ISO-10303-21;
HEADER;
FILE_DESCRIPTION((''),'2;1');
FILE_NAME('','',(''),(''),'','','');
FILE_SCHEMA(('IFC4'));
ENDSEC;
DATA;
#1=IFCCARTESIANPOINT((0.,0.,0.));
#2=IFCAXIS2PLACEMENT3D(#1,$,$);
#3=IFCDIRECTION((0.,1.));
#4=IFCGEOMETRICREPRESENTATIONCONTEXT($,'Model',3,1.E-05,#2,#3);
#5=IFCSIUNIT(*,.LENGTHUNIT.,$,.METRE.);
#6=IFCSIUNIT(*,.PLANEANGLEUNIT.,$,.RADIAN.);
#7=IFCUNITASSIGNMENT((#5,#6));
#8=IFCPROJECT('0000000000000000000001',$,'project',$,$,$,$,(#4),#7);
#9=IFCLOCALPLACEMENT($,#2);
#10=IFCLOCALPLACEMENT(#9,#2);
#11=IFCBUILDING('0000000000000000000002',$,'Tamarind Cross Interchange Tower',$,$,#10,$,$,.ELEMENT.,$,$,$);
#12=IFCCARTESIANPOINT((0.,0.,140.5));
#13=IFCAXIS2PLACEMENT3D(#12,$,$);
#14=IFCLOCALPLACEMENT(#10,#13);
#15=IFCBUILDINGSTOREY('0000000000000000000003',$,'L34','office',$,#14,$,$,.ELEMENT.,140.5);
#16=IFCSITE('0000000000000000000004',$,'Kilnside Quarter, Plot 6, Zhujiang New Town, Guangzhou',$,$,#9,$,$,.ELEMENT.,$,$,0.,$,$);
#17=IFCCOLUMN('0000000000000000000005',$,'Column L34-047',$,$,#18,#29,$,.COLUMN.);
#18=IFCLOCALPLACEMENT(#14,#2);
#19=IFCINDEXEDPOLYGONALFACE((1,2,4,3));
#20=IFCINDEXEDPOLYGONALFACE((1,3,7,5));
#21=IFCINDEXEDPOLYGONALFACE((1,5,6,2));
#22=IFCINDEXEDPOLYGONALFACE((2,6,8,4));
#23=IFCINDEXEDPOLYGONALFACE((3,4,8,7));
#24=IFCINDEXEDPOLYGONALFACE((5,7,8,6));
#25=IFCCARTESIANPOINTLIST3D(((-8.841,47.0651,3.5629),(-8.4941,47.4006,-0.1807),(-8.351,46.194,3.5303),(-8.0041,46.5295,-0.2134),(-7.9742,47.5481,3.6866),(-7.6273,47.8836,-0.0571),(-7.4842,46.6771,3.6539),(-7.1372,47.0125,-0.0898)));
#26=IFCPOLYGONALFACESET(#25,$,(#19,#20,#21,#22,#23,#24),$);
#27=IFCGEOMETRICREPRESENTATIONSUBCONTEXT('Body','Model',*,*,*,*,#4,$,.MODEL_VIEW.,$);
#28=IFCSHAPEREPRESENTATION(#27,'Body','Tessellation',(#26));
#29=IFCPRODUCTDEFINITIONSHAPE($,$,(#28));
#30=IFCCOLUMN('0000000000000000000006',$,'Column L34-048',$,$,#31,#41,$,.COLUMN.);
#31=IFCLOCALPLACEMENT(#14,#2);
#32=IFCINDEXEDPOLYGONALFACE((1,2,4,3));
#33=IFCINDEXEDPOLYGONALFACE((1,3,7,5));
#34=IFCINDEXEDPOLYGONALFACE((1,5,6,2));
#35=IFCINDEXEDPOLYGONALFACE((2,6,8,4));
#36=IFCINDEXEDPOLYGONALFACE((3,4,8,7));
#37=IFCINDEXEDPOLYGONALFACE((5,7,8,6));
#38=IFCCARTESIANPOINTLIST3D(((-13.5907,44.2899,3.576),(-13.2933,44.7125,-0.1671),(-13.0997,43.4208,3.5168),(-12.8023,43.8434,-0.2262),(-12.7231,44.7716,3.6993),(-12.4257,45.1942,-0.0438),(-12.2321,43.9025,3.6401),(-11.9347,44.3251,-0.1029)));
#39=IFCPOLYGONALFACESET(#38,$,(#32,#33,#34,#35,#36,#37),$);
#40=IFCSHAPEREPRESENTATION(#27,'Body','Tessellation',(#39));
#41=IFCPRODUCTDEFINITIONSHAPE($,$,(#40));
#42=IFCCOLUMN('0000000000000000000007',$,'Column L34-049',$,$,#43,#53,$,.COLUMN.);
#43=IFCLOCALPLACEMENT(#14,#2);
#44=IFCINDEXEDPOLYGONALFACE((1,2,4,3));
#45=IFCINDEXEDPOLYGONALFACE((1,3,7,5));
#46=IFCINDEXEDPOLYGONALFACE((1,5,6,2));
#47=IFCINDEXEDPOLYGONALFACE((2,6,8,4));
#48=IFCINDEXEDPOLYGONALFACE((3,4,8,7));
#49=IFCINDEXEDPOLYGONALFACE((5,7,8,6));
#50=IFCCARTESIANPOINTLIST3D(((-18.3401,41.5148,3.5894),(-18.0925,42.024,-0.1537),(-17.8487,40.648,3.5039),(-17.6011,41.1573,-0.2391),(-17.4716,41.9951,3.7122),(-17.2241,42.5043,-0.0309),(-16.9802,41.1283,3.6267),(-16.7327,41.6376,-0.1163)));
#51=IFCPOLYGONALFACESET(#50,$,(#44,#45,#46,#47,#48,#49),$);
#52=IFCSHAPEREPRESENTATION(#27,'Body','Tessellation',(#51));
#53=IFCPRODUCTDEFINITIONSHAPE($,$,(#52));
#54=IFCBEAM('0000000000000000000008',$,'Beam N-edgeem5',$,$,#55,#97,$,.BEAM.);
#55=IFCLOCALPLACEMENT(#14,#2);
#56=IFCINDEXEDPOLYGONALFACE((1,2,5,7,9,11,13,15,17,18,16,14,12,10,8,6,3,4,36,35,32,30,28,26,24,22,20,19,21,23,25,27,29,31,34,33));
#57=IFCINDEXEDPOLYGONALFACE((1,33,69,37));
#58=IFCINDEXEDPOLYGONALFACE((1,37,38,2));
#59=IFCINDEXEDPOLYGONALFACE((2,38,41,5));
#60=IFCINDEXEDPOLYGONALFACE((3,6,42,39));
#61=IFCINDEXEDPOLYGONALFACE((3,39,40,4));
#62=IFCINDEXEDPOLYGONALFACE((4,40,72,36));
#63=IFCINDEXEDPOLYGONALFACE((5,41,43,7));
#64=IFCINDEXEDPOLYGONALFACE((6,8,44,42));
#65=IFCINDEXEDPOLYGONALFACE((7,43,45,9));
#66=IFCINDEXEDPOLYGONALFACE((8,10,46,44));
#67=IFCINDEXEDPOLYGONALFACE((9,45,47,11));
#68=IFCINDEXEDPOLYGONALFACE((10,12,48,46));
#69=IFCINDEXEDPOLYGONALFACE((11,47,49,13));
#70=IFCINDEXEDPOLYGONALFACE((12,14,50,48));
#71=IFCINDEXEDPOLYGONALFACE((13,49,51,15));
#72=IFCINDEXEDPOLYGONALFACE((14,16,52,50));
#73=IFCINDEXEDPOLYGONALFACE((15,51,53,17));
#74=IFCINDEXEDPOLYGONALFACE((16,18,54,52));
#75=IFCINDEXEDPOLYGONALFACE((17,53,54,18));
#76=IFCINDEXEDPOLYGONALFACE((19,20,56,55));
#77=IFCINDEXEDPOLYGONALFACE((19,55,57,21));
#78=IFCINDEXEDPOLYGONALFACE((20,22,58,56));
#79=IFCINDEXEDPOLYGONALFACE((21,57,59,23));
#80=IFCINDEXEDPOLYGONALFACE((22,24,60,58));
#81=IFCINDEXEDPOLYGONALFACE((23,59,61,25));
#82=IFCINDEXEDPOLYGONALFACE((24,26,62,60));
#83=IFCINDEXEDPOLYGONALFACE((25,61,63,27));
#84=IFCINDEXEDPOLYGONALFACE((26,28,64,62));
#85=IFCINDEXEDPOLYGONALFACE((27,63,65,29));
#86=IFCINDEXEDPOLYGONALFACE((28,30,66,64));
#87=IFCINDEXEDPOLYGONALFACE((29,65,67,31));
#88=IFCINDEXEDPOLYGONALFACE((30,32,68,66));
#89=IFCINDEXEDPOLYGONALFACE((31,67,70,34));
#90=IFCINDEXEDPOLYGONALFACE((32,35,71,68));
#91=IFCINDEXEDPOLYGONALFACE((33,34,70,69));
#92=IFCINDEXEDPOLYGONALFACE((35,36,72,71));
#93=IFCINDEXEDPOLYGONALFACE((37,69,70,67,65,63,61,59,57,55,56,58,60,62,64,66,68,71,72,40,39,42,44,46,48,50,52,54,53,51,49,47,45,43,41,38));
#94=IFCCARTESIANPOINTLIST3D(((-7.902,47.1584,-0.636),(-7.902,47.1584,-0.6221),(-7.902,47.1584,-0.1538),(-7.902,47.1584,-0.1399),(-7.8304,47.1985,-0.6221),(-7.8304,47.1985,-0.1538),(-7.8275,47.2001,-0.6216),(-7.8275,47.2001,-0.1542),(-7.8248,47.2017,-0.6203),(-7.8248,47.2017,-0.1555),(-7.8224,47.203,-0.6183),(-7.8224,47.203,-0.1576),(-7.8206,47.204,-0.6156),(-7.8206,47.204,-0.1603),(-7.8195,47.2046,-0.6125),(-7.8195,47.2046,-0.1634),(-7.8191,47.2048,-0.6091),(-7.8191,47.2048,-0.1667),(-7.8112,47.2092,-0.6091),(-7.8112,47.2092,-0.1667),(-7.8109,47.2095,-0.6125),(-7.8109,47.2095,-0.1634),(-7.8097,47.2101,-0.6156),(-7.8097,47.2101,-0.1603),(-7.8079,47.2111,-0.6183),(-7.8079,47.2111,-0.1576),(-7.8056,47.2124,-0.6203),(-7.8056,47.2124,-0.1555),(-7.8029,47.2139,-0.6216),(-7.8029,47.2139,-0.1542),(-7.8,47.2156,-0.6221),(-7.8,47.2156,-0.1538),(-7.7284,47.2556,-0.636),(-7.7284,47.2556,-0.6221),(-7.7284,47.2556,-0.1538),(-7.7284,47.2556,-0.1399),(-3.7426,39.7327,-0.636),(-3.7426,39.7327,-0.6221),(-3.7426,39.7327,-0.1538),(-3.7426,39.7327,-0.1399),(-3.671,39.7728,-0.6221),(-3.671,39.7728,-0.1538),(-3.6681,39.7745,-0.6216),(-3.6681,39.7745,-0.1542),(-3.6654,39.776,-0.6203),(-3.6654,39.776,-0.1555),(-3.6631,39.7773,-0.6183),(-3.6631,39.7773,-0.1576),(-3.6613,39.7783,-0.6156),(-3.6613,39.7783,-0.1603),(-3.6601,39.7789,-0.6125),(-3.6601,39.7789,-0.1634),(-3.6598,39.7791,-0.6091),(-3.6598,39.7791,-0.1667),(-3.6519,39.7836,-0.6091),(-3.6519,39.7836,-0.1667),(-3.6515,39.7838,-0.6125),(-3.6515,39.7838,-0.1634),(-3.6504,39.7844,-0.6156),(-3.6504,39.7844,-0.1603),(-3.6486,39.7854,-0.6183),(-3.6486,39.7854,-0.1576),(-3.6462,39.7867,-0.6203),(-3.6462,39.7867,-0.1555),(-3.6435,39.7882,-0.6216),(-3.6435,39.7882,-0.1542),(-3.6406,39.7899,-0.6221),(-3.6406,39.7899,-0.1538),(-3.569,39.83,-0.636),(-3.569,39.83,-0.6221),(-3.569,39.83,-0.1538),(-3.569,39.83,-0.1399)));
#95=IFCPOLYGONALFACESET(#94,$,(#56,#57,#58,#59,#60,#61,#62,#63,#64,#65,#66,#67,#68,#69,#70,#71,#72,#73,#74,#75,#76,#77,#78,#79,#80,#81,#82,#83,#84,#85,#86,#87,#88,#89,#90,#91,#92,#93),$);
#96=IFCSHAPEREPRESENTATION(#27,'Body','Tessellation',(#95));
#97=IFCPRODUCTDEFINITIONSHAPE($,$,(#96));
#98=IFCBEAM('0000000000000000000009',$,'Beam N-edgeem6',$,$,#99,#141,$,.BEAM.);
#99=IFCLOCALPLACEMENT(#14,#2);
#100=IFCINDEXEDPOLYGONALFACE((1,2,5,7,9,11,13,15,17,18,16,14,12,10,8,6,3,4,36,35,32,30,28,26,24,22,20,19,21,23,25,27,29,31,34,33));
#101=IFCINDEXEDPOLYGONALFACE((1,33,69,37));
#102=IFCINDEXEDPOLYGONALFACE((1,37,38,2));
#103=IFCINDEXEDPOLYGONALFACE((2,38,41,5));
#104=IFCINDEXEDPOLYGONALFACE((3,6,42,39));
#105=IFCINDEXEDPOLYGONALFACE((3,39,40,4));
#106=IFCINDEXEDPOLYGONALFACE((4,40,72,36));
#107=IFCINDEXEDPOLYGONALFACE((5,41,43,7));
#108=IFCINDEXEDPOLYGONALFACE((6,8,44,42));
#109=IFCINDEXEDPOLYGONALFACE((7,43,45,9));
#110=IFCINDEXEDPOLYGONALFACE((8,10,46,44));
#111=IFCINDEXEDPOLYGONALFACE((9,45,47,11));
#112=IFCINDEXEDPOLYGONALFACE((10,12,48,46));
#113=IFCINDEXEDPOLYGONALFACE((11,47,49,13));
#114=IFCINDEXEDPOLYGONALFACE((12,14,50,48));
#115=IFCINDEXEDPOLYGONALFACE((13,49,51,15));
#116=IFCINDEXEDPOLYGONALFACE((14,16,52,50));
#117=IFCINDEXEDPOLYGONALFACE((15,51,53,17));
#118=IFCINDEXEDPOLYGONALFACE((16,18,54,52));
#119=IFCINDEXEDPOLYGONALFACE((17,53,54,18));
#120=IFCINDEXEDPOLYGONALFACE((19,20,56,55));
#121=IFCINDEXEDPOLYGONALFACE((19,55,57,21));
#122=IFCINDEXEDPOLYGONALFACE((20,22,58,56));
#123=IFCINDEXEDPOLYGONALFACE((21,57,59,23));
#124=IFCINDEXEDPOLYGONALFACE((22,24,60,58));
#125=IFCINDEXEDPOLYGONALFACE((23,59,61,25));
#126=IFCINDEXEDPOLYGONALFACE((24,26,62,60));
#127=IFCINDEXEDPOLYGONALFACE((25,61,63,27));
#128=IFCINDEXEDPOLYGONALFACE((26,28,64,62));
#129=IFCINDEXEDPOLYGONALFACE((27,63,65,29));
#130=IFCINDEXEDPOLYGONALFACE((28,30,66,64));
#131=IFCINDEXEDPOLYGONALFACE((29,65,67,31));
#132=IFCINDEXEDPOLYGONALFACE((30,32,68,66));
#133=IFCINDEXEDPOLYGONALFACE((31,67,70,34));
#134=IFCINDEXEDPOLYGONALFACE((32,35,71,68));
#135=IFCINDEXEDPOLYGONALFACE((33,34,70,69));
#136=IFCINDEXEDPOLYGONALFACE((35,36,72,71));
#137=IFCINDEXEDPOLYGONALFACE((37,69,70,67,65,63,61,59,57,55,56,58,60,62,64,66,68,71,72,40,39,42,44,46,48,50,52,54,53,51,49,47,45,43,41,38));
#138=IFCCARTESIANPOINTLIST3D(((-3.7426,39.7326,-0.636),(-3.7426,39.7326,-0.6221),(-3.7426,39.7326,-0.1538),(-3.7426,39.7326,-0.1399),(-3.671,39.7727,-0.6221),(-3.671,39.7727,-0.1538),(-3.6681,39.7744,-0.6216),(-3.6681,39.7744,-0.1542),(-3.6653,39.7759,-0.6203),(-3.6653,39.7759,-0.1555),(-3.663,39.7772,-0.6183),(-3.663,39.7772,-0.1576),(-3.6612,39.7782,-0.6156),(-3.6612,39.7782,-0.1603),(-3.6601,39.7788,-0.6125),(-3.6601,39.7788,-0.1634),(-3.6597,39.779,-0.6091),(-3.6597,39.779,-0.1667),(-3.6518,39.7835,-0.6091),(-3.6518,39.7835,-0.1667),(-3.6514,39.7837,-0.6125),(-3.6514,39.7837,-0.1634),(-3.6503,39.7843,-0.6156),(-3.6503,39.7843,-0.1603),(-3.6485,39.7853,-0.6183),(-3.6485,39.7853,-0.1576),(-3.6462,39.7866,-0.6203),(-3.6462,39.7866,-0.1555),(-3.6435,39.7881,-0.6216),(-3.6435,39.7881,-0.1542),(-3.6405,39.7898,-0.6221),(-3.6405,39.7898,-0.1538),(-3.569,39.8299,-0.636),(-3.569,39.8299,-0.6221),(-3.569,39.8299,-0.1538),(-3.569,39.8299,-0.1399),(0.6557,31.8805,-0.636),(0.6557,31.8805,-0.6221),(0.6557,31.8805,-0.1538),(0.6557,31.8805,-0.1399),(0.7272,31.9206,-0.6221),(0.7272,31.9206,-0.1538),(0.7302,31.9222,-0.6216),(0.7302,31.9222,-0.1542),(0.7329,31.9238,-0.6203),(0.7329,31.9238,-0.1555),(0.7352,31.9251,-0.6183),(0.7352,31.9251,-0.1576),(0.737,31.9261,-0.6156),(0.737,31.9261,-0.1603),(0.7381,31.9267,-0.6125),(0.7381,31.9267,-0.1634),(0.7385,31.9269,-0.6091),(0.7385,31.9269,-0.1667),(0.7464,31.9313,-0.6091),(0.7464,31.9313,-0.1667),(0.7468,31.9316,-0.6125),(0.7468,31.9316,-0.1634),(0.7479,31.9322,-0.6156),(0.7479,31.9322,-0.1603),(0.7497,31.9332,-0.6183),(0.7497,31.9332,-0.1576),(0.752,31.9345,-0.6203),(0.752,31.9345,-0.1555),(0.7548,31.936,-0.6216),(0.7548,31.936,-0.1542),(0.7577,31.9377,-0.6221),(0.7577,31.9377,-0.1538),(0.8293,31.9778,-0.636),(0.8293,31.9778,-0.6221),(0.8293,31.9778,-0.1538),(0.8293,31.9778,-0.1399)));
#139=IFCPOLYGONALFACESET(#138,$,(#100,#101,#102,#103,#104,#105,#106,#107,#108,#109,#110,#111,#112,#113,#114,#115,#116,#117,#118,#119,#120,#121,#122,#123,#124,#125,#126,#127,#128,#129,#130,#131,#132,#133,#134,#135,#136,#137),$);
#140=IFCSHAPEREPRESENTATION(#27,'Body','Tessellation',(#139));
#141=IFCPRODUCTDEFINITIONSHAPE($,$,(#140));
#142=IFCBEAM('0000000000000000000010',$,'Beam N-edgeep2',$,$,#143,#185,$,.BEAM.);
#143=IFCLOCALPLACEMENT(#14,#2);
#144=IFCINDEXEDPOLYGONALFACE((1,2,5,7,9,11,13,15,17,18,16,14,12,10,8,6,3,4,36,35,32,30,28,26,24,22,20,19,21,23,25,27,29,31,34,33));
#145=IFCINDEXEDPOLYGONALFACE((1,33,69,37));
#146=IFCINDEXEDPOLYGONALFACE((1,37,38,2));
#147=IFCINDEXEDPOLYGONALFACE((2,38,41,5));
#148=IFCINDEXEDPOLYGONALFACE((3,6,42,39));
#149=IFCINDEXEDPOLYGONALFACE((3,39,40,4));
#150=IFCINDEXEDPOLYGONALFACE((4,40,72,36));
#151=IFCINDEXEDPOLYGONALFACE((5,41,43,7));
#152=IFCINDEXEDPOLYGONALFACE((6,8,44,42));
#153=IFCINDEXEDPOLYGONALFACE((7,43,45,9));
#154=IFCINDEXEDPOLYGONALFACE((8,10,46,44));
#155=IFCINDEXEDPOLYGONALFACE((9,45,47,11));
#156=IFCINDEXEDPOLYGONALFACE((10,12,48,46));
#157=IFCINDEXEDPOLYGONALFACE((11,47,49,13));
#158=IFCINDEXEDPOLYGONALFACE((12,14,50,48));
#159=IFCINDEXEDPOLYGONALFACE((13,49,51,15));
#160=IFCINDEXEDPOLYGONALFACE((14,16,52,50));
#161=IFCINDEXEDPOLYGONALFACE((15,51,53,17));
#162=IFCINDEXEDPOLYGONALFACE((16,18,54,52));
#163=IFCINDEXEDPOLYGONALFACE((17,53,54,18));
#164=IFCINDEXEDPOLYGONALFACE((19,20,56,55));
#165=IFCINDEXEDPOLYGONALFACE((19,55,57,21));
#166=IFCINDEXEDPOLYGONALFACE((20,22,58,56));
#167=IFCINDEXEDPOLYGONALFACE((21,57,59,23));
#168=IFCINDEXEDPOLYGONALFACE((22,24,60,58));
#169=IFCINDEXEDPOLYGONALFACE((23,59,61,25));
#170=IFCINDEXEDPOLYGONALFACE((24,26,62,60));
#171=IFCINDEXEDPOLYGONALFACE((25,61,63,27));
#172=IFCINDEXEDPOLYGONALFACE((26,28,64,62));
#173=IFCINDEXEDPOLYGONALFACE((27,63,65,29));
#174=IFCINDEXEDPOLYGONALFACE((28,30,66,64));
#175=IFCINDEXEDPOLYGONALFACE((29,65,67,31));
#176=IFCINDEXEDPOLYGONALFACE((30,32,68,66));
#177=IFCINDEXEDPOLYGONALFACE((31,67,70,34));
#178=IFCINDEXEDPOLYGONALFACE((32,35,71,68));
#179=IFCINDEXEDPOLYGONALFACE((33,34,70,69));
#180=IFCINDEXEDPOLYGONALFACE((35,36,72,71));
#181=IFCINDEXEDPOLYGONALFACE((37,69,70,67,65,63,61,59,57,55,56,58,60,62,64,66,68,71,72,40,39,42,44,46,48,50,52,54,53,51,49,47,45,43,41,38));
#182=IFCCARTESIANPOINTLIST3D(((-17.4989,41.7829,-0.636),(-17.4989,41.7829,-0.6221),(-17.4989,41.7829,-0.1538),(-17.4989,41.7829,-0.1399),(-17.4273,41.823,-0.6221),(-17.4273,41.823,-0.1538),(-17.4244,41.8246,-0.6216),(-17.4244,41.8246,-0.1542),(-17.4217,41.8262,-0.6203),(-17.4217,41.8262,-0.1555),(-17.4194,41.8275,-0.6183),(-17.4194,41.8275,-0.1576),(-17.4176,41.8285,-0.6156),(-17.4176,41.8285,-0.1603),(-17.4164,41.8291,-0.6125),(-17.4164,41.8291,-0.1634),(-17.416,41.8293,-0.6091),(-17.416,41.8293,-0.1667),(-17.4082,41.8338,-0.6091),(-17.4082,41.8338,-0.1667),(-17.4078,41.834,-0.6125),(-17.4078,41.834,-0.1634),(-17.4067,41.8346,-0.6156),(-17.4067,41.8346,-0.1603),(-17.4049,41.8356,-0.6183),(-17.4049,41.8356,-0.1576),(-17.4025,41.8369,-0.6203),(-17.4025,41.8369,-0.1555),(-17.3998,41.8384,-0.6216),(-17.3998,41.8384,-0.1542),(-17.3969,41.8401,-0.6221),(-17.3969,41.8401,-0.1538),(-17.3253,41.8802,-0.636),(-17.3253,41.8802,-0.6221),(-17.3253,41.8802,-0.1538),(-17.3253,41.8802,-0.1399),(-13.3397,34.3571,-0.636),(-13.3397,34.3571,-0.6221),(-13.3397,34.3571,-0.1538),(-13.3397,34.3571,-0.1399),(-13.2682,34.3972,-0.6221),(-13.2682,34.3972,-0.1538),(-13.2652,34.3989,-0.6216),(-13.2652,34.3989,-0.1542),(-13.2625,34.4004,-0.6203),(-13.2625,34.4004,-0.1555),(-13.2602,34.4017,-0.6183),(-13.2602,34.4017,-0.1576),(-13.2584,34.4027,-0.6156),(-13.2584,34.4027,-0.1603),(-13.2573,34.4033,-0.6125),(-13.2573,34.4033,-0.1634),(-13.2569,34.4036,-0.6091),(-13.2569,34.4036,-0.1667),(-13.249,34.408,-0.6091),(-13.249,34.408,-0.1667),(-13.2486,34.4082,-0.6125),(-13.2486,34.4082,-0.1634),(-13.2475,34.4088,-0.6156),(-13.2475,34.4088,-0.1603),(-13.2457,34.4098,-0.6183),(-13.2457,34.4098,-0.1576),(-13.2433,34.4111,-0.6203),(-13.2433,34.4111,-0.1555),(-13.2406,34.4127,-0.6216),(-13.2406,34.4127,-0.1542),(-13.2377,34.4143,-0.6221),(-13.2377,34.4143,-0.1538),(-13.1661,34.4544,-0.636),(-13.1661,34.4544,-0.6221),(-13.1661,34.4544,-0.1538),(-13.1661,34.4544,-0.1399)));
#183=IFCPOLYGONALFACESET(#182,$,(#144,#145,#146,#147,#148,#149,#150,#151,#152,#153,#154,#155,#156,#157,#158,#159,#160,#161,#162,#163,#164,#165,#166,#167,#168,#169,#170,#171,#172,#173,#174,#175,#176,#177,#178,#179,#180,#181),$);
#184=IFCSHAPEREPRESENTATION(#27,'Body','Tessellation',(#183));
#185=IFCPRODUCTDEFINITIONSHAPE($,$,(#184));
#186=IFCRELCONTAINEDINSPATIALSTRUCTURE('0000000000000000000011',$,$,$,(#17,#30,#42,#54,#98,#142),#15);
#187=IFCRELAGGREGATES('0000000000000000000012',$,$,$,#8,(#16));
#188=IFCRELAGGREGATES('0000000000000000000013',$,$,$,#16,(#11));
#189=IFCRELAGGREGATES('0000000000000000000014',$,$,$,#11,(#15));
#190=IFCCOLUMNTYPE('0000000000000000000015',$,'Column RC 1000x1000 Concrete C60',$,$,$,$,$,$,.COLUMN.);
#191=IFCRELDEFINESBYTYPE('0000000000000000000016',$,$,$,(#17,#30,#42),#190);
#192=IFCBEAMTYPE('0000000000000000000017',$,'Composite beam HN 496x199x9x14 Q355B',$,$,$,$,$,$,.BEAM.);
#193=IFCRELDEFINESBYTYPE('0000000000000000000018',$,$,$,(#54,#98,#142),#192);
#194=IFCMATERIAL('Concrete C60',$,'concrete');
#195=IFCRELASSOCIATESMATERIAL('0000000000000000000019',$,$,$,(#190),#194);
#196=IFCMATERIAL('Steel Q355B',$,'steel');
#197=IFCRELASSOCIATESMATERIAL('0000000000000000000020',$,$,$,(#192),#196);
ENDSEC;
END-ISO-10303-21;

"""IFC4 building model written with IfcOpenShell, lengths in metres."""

from ifc_helpers import new_model, si_unit, direction, frame, origin, origin_2d, place, context, subcontext, project, spatial, rectangle, i_section, extrude, material, material_profile, profile_set, type_object, element, save


model = new_model("IFC4")

# Units and contexts
model_context = context("Model", 3, precision=1e-05, world=origin(), true_north=direction((0.0, 1.0)))
body_context = subcontext(model_context, "Body", "Model", "MODEL_VIEW")
ifc_project = project(units=[si_unit("LENGTHUNIT", "METRE"), si_unit("PLANEANGLEUNIT", "RADIAN")], contexts=[model_context])

# Site, building, storey
site_placement = place(None, origin())
site = spatial("IfcSite", under=ifc_project, at=site_placement, Name="Kilnside Quarter, Plot 6, Zhujiang New Town, Guangzhou", CompositionType="ELEMENT", RefElevation=0.0)
building_placement = place(site_placement, origin())
building = spatial("IfcBuilding", under=site, at=building_placement, Name="Tamarind Cross Interchange Tower", CompositionType="ELEMENT")
storey_placement = place(building_placement, frame((0.0, 0.0, 140.5)))
storey = spatial("IfcBuildingStorey", under=building, at=storey_placement, Name="L34", Description="office", CompositionType="ELEMENT", Elevation=140.5)

# Columns
ifc_material_1 = material(Name="Concrete C60", Category="concrete")
ifc_material_profile_1 = material_profile(ifc_material_1, rectangle(XDim=1.0, YDim=1.0, at=origin_2d()), Name="RC 1000x1000")
ifc_profile_set_1 = profile_set([ifc_material_profile_1], Name="Concrete C60")
column_type = type_object("IfcColumnType", Name="Column RC 1000x1000 Concrete C60", PredefinedType="COLUMN", material=ifc_profile_set_1)
column_1_placement = place(storey_placement, frame((-7.8157, 47.2065, -0.1353), z_axis=(-0.091909, -0.088869, 0.991794), x_axis=(0.866832, 0.483035, 0.123611)))
element("IfcColumn", 1, at=column_1_placement, inside=storey, type_object=column_type, Name="Column L34-047", PredefinedType="COLUMN", context=body_context, shape_type="SweptSolid", body=[
    extrude(rectangle(XDim=1.0, YDim=1.0, at=origin_2d()), origin(), (0.0, 0.0, 1.0), 3.7747),
])
column_2_placement = place(storey_placement, frame((-12.614, 44.5188, -0.135), z_axis=(-0.078695, -0.11184, 0.990605), x_axis=(0.867608, 0.481716, 0.123311)))
element("IfcColumn", 2, at=column_2_placement, inside=storey, type_object=column_type, Name="Column L34-048", PredefinedType="COLUMN", context=body_context, shape_type="SweptSolid", body=[
    extrude(rectangle(XDim=1.0, YDim=1.0, at=origin_2d()), origin(), (0.0, 0.0, 1.0), 3.7786),
])
column_3_placement = place(storey_placement, frame((-17.4126, 41.8308, -0.135), z_axis=(-0.065392, -0.134525, 0.98875), x_axis=(0.868482, 0.480274, 0.122782)))
element("IfcColumn", 3, at=column_3_placement, inside=storey, type_object=column_type, Name="Column L34-049", PredefinedType="COLUMN", context=body_context, shape_type="SweptSolid", body=[
    extrude(rectangle(XDim=1.0, YDim=1.0, at=origin_2d()), origin(), (0.0, 0.0, 1.0), 3.7856),
])

# Beams
ifc_material_2 = material(Name="Steel Q355B", Category="steel")
ifc_material_profile_2 = material_profile(ifc_material_2, i_section(OverallWidth=0.199, OverallDepth=0.4961, WebThickness=0.009, FlangeThickness=0.0139, FilletRadius=0.0129, at=origin_2d()), Name="HN 496x199x9x14")
ifc_profile_set_2 = profile_set([ifc_material_profile_2], Name="Steel Q355B")
beam_type_1 = type_object("IfcBeamType", Name="Composite beam HN 496x199x9x14 Q355B", PredefinedType="BEAM", material=ifc_profile_set_2)
beam_1_placement = place(storey_placement, frame((-7.8152, 47.207, -0.3879), z_axis=(0.488692, -0.872457, 0.0), x_axis=(0.872457, 0.488692, 0.0)))
element("IfcBeam", 4, at=beam_1_placement, inside=storey, type_object=beam_type_1, Name="Beam N-edgeem5", PredefinedType="BEAM", context=body_context, shape_type="SweptSolid", body=[
    extrude(i_section(OverallWidth=0.199, OverallDepth=0.4961, WebThickness=0.009, FlangeThickness=0.0139, FilletRadius=0.0129, at=origin_2d()), origin(), (0.0, 0.0, 1.0), 8.5112),
])
beam_2_placement = place(storey_placement, frame((-3.6558, 39.7812, -0.3879), z_axis=(0.488692, -0.872457, 0.0), x_axis=(0.872457, 0.488692, 0.0)))
element("IfcBeam", 5, at=beam_2_placement, inside=storey, type_object=beam_type_1, Name="Beam N-edgeem6", PredefinedType="BEAM", context=body_context, shape_type="SweptSolid", body=[
    extrude(i_section(OverallWidth=0.199, OverallDepth=0.4961, WebThickness=0.009, FlangeThickness=0.0139, FilletRadius=0.0129, at=origin_2d()), origin(), (0.0, 0.0, 1.0), 9.0),
])
beam_3_placement = place(storey_placement, frame((-17.4121, 41.8315, -0.3879), z_axis=(0.48867, -0.872469, 0.0), x_axis=(0.872469, 0.48867, 0.0)))
element("IfcBeam", 6, at=beam_3_placement, inside=storey, type_object=beam_type_1, Name="Beam N-edgeep2", PredefinedType="BEAM", context=body_context, shape_type="SweptSolid", body=[
    extrude(i_section(OverallWidth=0.199, OverallDepth=0.4961, WebThickness=0.009, FlangeThickness=0.0139, FilletRadius=0.0129, at=origin_2d()), origin(), (0.0, 0.0, 1.0), 8.5112),
])

save(model, "model.ifc")
